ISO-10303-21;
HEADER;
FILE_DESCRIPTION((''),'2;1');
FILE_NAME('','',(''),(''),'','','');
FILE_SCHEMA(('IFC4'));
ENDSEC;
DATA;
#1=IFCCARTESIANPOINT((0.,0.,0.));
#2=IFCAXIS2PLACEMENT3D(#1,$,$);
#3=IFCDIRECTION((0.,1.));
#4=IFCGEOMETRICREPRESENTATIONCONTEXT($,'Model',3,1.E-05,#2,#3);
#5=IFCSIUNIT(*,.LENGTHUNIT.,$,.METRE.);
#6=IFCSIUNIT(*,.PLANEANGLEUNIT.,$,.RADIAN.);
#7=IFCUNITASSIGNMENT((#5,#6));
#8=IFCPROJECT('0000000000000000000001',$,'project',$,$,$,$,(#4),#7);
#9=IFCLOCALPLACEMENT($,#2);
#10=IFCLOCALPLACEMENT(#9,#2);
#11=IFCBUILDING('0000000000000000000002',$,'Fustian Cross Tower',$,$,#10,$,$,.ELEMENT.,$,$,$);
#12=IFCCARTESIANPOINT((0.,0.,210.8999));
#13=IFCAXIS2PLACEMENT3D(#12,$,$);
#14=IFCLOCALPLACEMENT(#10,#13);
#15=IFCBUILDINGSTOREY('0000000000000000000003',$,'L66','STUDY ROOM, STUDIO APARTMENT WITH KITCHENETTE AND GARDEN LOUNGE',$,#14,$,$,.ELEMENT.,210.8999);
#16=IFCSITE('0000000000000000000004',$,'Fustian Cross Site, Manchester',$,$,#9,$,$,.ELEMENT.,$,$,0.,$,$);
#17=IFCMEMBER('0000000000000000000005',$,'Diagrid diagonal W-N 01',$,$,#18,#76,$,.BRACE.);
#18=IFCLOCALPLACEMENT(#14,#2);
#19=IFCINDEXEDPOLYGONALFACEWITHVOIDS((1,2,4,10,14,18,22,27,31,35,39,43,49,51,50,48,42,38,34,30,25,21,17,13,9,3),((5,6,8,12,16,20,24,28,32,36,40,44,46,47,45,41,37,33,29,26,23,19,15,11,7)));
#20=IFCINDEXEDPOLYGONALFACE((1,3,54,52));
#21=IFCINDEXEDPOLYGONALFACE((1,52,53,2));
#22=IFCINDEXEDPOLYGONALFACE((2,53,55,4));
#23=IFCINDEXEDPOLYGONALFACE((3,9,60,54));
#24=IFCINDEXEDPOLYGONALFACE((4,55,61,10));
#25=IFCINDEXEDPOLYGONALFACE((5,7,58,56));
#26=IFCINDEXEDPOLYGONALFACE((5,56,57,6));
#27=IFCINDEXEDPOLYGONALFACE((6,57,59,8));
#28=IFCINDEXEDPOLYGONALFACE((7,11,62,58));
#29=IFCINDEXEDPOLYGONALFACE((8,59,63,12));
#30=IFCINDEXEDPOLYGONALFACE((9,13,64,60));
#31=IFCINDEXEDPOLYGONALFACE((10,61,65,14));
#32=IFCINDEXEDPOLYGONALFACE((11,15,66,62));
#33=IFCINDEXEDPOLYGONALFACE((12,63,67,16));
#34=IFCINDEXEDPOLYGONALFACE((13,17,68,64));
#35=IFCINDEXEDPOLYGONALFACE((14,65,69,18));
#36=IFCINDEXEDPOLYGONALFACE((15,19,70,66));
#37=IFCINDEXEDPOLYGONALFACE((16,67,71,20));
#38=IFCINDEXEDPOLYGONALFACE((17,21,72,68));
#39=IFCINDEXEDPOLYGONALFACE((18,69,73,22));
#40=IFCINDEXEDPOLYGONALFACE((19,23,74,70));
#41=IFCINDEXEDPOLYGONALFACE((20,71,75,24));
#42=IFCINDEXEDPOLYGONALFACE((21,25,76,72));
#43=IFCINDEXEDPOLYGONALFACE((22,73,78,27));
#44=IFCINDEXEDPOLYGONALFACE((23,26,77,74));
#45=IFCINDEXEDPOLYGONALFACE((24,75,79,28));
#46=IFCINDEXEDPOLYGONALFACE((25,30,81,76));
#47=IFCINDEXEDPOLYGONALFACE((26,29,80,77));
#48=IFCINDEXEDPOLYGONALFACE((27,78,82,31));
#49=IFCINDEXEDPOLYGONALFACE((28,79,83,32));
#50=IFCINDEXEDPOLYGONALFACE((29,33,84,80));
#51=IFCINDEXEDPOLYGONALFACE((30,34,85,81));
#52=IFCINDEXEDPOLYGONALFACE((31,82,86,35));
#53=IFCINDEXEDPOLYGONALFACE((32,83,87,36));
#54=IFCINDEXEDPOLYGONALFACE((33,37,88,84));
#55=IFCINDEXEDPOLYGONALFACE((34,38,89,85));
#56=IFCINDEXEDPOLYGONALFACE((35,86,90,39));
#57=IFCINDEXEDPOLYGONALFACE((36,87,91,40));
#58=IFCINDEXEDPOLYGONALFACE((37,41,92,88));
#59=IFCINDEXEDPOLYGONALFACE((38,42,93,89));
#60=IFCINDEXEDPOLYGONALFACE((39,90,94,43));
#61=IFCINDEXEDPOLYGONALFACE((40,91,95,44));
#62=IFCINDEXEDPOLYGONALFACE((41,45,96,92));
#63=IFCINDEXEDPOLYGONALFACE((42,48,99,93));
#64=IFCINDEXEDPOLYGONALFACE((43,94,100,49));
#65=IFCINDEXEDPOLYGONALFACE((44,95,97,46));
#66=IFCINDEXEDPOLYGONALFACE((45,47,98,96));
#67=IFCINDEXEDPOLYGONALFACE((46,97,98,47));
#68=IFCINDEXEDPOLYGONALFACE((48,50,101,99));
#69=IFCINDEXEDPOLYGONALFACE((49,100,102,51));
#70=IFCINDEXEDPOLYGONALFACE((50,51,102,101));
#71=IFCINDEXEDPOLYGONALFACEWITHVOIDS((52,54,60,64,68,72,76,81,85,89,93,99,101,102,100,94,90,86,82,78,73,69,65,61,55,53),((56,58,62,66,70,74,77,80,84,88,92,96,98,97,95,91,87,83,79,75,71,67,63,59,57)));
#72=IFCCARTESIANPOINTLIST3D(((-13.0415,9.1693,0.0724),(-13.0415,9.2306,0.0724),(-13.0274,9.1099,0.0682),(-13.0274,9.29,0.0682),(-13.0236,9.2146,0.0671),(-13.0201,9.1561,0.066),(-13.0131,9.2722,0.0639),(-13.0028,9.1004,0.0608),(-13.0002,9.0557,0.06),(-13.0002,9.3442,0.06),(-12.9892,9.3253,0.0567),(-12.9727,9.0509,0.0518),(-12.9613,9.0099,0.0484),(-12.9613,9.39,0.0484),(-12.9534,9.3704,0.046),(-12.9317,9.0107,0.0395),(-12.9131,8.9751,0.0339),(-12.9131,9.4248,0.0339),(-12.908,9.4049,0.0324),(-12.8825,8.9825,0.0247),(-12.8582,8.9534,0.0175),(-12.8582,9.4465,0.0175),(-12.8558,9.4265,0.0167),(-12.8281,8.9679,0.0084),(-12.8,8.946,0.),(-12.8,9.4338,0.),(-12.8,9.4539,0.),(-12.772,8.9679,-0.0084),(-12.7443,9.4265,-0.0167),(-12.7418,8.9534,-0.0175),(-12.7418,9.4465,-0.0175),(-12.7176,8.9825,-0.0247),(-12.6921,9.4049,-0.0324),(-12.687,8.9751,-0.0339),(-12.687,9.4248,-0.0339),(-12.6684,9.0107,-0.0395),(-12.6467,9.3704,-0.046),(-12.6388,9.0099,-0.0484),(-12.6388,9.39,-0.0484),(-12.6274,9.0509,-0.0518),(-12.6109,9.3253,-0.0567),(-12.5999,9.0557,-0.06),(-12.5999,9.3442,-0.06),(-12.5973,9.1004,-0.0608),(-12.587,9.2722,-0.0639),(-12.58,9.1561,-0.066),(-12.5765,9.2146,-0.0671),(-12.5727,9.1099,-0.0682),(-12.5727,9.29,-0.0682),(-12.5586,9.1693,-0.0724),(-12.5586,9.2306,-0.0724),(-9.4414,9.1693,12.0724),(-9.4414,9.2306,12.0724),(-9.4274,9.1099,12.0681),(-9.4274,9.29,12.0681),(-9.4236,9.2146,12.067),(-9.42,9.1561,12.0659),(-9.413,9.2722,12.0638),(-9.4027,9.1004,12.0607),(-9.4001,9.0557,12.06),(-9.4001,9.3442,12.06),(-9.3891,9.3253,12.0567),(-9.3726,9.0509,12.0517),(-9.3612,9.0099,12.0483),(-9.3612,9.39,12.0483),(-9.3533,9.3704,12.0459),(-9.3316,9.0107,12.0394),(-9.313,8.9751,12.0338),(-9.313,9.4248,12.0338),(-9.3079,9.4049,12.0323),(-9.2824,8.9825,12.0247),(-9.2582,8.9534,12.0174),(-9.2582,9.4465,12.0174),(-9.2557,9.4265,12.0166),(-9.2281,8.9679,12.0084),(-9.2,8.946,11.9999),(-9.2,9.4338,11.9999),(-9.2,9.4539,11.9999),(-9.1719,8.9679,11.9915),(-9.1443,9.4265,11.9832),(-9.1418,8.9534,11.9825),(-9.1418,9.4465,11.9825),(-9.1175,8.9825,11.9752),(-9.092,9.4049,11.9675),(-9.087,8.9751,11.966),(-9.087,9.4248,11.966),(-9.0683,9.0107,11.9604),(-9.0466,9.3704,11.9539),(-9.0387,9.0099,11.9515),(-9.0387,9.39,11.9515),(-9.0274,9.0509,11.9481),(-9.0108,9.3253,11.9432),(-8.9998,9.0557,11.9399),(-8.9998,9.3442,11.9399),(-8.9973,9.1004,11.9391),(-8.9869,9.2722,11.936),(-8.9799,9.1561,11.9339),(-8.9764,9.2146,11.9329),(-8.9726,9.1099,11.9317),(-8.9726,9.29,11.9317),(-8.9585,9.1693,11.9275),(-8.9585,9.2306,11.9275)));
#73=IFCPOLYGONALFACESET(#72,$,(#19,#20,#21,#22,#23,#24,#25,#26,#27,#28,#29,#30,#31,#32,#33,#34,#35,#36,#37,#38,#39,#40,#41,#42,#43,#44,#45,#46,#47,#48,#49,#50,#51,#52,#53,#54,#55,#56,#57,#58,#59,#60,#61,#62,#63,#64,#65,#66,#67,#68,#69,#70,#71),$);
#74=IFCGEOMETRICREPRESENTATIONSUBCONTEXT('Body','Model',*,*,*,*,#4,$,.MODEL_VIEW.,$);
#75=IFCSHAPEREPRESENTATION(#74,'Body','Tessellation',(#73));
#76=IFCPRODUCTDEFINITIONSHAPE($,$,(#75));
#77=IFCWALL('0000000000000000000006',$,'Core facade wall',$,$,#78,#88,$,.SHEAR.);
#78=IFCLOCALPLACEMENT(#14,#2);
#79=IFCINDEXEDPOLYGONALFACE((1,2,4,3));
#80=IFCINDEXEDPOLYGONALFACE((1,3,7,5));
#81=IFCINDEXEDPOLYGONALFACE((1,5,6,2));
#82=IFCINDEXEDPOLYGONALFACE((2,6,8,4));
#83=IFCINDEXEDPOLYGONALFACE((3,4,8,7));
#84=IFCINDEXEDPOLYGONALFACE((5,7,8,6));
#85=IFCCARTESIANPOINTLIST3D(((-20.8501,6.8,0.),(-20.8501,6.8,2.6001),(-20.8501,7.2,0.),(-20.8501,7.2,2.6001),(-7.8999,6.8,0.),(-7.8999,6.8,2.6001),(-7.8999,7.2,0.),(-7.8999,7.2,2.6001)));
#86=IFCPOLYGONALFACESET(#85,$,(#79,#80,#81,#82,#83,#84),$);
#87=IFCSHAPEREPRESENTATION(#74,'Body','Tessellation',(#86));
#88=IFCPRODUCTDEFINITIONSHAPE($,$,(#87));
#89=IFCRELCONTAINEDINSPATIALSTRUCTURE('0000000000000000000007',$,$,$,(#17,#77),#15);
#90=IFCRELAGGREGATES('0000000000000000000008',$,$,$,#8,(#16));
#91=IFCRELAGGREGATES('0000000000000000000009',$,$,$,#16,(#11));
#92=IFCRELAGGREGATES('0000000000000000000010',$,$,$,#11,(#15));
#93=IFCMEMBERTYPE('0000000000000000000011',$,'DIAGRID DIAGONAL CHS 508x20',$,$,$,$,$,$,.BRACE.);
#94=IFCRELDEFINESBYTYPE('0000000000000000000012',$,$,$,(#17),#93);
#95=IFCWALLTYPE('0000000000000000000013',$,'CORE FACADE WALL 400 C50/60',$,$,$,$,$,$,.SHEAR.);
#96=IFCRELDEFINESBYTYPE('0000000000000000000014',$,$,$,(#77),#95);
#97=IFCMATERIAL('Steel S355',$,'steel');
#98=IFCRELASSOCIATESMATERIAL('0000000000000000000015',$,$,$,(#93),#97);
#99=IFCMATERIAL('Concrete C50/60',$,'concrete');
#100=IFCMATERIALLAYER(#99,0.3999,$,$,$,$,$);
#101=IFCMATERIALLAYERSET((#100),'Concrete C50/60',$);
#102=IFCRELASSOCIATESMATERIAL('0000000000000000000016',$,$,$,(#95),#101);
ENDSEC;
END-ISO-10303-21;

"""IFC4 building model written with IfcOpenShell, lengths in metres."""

from ifc_helpers import new_model, si_unit, direction, frame, frame_2d, origin, origin_2d, place, context, subcontext, project, spatial, rectangle, hollow_circle, extrude, material, layer, layer_set, material_profile, profile_set, type_object, element, save


model = new_model("IFC4")

# Units and contexts
model_context = context("Model", 3, precision=1e-05, world=origin(), true_north=direction((0.0, 1.0)))
body_context = subcontext(model_context, "Body", "Model", "MODEL_VIEW")
ifc_project = project(units=[si_unit("LENGTHUNIT", "METRE"), si_unit("PLANEANGLEUNIT", "RADIAN")], contexts=[model_context])

# Site, building, storey
site_placement = place(None, origin())
site = spatial("IfcSite", under=ifc_project, at=site_placement, Name="Fustian Cross Site, Manchester", CompositionType="ELEMENT", RefElevation=0.0)
building_placement = place(site_placement, origin())
building = spatial("IfcBuilding", under=site, at=building_placement, Name="Fustian Cross Tower", CompositionType="ELEMENT")
storey_placement = place(building_placement, frame((0.0, 0.0, 210.8999)))
storey = spatial("IfcBuildingStorey", under=building, at=storey_placement, Name="L66", Description="STUDY ROOM, STUDIO APARTMENT WITH KITCHENETTE AND GARDEN LOUNGE", CompositionType="ELEMENT", Elevation=210.8999)

# Member
ifc_material_1 = material(Name="Steel S355", Category="steel")
ifc_material_profile_1 = material_profile(ifc_material_1, hollow_circle(Radius=0.2539, WallThickness=0.02, at=origin_2d()), Name="CHS 508x20")
ifc_profile_set_1 = profile_set([ifc_material_profile_1], Name="Steel S355")
member_type_1 = type_object("IfcMemberType", Name="DIAGRID DIAGONAL CHS 508x20", PredefinedType="BRACE", material=ifc_profile_set_1)
for number, where, z_axis, x_axis, name in (
    (1, (-12.8, 9.2, 0.0), (0.287355, 0.0, 0.957824), (0.0, 1.0, 0.0), "Diagrid diagonal W-N 01"),
):
    element("IfcMember", number, at=place(storey_placement, frame(where, z_axis=z_axis, x_axis=x_axis)), inside=storey, type_object=member_type_1, Name=name, PredefinedType="BRACE", context=body_context, shape_type="SweptSolid", body=[
        extrude(hollow_circle(Radius=0.2539, WallThickness=0.02, at=origin_2d()), origin(), (0.0, 0.0, 1.0), 12.5283),
    ])

# Wall
ifc_material_2 = material(Name="Concrete C50/60", Category="concrete")
ifc_layer_1 = layer(ifc_material_2, 0.3999)
ifc_layer_set_1 = layer_set([ifc_layer_1], Name="Concrete C50/60")
wall_type_1 = type_object("IfcWallType", Name="CORE FACADE WALL 400 C50/60", PredefinedType="SHEAR", material=ifc_layer_set_1)
wall_1_placement = place(storey_placement, frame((-7.8999, 7.0, 0.0), z_axis=(0.0, 0.0, 1.0), x_axis=(-1.0, 0.0, 0.0)))
element("IfcWall", 2, at=wall_1_placement, inside=storey, type_object=wall_type_1, Name="Core facade wall", PredefinedType="SHEAR", context=body_context, shape_type="SweptSolid", body=[
    extrude(rectangle(XDim=12.9502, YDim=0.3999, at=frame_2d((6.4751, 0.0))), origin(), (0.0, 0.0, 1.0), 2.6001),
])

save(model, "model.ifc")
